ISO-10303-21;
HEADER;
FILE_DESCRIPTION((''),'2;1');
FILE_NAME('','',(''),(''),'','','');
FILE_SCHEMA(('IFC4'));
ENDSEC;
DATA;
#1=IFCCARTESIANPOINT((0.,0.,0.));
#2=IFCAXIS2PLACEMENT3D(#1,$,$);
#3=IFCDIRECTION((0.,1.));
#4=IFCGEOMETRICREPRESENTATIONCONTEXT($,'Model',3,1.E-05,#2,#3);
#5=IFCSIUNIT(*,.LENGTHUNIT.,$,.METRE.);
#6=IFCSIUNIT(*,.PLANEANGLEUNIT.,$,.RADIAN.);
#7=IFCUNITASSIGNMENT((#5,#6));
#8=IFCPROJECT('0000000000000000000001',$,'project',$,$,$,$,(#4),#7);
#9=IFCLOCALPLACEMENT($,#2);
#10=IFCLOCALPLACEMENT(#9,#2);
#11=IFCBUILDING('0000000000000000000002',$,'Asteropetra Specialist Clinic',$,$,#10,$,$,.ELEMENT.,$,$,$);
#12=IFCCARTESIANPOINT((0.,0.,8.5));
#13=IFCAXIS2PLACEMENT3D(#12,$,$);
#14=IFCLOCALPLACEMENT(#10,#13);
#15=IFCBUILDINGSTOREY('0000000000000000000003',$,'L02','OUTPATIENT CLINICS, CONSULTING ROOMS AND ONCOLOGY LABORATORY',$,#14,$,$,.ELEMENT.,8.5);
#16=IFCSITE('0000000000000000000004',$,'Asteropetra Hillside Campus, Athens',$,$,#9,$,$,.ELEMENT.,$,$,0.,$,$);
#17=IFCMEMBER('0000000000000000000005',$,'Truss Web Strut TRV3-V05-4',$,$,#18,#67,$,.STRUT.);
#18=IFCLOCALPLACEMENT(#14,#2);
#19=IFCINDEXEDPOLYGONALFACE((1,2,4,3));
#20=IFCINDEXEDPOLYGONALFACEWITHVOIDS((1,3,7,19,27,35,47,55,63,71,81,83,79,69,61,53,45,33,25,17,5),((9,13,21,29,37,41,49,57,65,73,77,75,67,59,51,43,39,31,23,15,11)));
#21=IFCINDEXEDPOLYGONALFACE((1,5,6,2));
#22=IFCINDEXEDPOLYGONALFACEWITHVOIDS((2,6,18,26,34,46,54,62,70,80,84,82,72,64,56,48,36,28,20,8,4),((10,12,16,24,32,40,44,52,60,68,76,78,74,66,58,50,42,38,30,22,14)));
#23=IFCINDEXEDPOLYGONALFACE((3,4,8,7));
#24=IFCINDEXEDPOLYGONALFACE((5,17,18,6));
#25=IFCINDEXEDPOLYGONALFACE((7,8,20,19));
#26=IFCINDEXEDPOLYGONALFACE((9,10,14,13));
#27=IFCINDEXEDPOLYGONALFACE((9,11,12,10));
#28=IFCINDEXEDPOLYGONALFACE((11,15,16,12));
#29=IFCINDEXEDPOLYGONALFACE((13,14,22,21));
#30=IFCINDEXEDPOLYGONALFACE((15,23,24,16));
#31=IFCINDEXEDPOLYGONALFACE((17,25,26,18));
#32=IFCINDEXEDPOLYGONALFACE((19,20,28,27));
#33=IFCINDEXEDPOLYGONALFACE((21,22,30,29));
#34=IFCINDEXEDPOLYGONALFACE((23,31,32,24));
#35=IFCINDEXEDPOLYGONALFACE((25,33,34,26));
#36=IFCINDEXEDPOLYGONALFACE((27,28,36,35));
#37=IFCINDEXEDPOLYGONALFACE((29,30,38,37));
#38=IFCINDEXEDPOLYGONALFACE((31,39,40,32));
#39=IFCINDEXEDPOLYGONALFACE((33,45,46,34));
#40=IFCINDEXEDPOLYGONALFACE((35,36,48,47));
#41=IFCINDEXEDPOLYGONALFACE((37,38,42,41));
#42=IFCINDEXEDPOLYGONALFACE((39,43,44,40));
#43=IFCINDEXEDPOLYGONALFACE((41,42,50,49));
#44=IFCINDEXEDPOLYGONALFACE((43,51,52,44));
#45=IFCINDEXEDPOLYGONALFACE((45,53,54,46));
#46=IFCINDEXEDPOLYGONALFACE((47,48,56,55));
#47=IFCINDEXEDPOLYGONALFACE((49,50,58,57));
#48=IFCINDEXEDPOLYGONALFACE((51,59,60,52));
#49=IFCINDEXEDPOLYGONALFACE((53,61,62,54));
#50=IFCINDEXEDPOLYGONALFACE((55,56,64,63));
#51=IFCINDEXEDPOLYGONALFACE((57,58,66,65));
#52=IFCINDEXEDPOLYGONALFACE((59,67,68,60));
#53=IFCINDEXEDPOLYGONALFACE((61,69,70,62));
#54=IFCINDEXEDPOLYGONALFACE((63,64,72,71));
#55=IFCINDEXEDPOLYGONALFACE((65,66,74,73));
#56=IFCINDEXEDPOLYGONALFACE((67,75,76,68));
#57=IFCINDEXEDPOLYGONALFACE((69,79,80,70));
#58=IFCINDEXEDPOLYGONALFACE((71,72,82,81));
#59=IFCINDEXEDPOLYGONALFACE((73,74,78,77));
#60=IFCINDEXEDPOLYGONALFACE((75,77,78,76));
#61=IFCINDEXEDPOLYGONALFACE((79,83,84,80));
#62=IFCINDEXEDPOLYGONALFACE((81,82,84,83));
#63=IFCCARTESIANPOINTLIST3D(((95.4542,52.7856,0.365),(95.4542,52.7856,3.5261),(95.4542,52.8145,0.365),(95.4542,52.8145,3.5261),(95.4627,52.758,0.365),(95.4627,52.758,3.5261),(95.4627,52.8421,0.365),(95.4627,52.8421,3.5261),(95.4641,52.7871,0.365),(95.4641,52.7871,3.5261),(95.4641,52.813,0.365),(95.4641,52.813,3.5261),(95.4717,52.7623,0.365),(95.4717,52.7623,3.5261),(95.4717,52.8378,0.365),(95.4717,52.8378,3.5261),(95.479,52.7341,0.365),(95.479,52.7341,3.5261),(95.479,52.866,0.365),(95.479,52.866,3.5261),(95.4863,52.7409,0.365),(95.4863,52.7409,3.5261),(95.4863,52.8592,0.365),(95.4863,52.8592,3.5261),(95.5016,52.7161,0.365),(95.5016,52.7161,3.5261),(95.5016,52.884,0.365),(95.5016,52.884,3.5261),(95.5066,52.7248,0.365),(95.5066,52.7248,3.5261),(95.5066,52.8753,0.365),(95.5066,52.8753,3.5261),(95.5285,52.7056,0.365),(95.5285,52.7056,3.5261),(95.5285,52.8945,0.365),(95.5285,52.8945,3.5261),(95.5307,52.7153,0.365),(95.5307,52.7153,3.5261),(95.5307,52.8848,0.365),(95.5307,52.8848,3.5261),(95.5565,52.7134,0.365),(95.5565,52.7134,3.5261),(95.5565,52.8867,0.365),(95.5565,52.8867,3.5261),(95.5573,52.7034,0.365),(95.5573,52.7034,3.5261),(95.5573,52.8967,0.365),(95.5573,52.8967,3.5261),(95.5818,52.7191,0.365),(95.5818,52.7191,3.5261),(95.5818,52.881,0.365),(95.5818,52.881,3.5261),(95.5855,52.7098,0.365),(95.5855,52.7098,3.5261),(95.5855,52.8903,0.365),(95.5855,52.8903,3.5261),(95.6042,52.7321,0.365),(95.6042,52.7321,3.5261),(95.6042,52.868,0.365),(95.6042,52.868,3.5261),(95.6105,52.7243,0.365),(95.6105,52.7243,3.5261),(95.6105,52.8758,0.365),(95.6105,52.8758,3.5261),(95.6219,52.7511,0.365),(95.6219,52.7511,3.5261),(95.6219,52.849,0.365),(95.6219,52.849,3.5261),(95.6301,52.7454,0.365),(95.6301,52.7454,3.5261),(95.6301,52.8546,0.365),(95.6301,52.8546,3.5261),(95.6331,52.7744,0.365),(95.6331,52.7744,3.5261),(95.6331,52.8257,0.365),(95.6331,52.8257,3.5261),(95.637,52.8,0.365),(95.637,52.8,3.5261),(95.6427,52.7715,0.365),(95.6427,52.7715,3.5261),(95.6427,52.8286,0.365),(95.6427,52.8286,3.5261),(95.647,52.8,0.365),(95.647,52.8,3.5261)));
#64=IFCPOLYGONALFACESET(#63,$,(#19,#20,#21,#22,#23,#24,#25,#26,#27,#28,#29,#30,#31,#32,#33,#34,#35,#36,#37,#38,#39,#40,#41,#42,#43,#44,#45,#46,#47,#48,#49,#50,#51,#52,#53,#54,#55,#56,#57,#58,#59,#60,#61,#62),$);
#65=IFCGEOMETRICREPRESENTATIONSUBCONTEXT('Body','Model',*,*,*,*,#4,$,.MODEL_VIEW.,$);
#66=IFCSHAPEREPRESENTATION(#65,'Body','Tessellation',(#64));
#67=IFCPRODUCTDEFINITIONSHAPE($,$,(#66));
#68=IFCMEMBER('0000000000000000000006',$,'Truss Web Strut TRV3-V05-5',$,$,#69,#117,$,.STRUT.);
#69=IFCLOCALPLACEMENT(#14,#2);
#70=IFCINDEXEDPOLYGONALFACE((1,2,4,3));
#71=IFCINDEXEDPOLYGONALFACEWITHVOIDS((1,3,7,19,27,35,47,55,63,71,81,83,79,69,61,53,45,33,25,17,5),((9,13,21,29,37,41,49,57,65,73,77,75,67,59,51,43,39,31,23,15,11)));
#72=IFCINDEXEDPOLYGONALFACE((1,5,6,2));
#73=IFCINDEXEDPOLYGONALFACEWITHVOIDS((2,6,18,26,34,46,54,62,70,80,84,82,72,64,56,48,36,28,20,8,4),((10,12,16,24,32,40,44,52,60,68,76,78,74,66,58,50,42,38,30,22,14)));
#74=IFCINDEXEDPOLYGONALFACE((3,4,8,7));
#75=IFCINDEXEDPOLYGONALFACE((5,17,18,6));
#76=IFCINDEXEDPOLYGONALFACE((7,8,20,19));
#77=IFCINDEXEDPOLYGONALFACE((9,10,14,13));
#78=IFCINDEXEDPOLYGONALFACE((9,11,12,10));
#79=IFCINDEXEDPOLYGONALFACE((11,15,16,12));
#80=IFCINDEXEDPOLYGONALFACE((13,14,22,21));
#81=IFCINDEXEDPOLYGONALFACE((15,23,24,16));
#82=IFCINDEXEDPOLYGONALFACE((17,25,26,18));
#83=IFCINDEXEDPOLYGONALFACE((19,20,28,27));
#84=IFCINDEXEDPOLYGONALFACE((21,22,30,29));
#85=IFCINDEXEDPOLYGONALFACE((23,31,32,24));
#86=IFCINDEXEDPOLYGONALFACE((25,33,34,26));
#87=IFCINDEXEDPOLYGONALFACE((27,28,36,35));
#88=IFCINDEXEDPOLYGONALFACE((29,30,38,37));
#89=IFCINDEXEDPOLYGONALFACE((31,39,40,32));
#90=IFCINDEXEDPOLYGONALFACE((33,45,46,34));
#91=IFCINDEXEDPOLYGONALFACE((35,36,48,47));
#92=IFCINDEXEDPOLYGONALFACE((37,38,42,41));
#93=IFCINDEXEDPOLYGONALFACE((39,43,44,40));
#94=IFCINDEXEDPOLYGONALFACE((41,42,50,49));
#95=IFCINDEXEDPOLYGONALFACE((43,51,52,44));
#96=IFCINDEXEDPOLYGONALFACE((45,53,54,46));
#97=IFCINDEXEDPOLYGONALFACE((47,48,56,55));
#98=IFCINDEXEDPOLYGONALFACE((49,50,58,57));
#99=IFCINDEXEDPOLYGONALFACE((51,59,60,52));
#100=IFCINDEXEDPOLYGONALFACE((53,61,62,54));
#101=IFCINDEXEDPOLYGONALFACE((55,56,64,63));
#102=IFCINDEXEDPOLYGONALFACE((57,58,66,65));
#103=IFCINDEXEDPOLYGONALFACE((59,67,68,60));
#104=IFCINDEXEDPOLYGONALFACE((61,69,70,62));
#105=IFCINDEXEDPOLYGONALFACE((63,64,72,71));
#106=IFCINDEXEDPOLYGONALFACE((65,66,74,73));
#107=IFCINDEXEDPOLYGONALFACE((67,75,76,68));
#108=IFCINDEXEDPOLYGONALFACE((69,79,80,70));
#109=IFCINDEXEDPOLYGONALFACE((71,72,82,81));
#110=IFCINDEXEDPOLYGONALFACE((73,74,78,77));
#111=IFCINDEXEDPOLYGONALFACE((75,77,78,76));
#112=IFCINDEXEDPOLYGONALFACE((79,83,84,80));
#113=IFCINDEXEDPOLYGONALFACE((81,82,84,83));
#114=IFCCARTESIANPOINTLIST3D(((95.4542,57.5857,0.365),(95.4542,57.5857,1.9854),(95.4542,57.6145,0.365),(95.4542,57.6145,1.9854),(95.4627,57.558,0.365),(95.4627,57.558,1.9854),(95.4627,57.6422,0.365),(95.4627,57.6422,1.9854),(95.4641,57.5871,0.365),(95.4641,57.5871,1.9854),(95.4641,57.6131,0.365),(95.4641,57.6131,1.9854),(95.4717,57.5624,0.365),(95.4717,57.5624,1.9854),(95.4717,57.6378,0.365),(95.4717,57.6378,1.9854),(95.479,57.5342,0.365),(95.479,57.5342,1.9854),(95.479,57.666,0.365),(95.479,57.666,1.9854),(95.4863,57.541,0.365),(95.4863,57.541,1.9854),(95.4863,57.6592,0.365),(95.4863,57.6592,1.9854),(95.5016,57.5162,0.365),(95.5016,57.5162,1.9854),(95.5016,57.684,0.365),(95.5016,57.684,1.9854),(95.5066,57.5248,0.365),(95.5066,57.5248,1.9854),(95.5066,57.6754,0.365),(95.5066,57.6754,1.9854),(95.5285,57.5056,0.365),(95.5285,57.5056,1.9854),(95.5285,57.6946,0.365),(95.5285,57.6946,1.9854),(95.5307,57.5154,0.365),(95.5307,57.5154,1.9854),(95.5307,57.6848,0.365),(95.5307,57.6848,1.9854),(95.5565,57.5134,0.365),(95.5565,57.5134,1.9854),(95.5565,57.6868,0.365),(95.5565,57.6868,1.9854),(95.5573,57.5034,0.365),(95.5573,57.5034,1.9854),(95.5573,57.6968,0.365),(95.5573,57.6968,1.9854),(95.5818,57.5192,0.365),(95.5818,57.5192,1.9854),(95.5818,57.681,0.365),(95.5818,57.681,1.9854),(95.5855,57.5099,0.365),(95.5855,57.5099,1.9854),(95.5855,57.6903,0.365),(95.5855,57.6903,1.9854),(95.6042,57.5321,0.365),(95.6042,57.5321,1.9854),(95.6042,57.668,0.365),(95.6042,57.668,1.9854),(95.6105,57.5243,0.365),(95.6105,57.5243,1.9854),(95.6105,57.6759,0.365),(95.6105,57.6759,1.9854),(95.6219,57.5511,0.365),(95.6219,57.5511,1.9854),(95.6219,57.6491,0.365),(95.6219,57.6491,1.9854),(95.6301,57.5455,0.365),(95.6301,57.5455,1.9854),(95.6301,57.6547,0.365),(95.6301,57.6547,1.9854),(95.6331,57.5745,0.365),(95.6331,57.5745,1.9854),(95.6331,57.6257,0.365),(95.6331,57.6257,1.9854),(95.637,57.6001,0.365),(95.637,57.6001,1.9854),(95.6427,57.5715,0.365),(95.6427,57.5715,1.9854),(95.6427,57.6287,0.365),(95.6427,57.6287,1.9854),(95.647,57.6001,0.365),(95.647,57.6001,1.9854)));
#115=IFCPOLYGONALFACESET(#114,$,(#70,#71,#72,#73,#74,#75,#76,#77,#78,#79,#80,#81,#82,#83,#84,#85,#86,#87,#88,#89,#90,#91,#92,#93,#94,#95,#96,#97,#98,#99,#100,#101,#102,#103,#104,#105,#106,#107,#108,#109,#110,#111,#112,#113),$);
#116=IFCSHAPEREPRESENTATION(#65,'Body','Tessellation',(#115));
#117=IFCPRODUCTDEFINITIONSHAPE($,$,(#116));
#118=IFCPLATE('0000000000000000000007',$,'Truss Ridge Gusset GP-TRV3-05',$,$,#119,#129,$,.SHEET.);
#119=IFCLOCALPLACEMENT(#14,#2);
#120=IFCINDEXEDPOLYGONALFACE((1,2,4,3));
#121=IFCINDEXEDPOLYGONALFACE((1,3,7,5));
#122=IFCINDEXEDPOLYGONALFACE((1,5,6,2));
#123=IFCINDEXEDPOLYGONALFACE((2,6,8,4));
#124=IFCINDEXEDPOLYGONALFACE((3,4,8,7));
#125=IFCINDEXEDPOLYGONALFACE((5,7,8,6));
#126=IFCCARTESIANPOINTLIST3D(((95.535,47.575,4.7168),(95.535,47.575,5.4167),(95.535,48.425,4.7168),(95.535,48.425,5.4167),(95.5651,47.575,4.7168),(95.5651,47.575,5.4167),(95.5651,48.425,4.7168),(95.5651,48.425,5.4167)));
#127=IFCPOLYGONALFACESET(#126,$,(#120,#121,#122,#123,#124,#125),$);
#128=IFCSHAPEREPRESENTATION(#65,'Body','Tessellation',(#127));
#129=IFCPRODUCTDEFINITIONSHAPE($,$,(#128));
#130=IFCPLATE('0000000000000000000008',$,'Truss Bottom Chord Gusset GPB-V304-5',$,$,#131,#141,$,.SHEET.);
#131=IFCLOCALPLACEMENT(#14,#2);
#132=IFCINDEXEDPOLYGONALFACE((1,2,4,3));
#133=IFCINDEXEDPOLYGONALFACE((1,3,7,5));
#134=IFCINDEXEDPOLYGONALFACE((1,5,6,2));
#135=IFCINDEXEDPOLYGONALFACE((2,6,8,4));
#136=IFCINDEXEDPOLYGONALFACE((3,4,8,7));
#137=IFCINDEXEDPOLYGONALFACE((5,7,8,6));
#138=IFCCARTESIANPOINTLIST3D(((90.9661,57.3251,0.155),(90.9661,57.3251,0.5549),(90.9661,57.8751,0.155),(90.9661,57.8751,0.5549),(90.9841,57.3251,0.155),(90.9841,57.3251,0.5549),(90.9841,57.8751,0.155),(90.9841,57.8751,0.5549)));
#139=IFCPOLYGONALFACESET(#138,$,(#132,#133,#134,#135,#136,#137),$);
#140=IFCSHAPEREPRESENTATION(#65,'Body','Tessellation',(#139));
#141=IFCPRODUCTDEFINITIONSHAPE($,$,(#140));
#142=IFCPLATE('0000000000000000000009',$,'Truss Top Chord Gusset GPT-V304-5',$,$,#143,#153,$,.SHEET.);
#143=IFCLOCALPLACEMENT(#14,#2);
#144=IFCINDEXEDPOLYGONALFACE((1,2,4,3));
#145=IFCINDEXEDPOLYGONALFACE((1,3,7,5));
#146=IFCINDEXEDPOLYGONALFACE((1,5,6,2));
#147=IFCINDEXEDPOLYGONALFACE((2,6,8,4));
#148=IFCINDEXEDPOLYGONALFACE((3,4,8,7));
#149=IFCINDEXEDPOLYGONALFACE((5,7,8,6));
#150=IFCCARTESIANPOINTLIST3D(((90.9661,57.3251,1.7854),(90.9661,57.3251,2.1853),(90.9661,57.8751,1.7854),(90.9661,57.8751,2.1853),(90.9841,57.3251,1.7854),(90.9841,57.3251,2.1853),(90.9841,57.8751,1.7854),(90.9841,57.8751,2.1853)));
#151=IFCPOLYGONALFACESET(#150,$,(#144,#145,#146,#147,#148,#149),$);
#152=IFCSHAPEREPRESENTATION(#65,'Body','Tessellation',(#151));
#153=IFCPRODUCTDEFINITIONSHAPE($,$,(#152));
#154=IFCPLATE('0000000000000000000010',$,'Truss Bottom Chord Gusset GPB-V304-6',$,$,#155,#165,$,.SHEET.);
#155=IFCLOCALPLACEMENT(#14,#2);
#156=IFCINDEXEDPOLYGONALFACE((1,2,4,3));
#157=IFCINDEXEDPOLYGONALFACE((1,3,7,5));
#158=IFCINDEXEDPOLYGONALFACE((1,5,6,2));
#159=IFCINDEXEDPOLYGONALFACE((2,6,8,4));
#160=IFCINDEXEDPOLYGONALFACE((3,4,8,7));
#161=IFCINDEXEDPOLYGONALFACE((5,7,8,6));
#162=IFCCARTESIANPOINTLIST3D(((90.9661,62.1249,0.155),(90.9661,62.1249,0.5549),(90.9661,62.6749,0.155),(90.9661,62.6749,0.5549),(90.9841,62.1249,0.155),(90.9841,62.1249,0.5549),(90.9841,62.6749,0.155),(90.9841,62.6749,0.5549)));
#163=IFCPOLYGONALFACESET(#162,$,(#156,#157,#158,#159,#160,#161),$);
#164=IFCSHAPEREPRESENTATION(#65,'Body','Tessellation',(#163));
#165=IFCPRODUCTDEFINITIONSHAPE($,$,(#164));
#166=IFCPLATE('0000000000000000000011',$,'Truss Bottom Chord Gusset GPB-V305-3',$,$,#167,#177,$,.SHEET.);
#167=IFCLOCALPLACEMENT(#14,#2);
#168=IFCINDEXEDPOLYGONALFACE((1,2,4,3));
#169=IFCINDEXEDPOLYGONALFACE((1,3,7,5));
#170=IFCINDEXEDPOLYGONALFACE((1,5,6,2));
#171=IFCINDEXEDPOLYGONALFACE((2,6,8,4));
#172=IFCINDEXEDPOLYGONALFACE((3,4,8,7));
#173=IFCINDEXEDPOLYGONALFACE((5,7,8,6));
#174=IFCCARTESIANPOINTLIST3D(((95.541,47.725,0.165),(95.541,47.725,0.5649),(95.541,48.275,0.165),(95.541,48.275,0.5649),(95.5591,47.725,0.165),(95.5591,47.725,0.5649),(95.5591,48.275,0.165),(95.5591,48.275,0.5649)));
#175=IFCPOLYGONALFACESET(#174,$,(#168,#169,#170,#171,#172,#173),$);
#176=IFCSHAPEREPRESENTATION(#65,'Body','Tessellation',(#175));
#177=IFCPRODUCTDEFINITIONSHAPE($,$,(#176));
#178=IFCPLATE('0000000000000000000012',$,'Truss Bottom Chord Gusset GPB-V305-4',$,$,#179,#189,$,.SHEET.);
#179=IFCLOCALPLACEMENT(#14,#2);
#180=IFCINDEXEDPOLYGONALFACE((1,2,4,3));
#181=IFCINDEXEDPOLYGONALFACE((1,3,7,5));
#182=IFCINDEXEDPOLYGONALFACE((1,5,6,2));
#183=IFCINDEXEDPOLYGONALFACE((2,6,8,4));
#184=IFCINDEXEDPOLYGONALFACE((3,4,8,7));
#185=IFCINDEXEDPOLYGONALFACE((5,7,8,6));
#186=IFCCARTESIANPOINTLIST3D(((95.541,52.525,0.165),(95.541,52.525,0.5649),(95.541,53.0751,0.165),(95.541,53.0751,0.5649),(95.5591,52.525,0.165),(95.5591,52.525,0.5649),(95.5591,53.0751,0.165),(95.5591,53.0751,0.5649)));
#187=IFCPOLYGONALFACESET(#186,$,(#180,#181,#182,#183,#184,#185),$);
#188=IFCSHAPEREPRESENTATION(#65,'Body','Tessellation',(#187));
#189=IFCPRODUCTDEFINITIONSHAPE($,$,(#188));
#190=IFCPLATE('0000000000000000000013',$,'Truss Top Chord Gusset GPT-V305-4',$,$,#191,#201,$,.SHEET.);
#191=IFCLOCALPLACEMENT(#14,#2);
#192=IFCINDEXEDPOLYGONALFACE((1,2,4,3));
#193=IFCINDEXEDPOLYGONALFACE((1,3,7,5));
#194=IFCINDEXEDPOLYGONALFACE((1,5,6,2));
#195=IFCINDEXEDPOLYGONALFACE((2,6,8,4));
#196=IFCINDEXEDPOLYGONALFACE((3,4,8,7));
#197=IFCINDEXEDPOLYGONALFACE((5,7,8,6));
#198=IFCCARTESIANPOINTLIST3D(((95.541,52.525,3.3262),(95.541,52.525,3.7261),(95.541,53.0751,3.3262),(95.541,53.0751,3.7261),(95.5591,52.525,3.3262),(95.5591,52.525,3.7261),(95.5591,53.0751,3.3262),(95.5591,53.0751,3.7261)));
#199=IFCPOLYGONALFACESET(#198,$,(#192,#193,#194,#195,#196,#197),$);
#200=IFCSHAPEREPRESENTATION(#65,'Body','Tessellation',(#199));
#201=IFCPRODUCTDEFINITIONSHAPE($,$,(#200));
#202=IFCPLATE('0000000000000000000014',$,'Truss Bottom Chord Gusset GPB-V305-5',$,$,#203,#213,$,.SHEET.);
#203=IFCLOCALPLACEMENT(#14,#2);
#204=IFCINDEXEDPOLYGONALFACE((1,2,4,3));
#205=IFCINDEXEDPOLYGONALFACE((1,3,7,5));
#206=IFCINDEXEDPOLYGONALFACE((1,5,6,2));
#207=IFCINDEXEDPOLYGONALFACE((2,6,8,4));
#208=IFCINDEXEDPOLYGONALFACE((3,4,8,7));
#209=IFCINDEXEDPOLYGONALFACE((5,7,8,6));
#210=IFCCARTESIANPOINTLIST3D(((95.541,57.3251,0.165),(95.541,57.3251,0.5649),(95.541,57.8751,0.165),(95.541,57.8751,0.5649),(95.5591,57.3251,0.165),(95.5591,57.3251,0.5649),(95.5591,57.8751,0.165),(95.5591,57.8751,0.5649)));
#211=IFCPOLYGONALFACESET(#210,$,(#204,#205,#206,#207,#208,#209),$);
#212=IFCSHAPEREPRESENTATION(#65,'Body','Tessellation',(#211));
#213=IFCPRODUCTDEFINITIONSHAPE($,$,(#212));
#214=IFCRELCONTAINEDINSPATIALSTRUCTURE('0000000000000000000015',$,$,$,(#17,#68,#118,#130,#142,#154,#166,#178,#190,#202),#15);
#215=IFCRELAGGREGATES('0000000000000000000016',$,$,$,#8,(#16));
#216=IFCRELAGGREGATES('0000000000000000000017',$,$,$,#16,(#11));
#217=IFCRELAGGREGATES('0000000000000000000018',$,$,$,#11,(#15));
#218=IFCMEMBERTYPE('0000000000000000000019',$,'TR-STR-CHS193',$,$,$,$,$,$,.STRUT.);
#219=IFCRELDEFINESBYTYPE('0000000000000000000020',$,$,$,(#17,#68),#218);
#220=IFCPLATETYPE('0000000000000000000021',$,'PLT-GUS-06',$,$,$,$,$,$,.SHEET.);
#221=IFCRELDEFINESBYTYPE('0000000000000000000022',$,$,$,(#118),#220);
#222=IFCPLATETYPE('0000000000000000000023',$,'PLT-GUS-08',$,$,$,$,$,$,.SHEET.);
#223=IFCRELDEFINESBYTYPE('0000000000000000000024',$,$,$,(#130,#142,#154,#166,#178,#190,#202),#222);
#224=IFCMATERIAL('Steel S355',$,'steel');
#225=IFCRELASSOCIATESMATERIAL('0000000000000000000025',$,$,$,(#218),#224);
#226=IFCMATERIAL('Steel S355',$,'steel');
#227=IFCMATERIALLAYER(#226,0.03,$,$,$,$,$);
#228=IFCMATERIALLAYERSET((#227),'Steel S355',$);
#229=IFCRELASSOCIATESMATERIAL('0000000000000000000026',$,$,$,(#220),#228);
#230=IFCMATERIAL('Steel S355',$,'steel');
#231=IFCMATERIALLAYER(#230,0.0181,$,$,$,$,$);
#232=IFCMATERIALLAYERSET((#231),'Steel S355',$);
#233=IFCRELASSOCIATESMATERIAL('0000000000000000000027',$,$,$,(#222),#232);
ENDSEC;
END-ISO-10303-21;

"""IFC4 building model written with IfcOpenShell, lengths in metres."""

from ifc_helpers import new_model, si_unit, direction, frame, origin, origin_2d, place, context, subcontext, project, spatial, rectangle, hollow_circle, extrude, material, layer, layer_set, material_profile, profile_set, type_object, element, save


model = new_model("IFC4")

# Units and contexts
model_context = context("Model", 3, precision=1e-05, world=origin(), true_north=direction((0.0, 1.0)))
body_context = subcontext(model_context, "Body", "Model", "MODEL_VIEW")
ifc_project = project(units=[si_unit("LENGTHUNIT", "METRE"), si_unit("PLANEANGLEUNIT", "RADIAN")], contexts=[model_context])

# Site, building, storey
site_placement = place(None, origin())
site = spatial("IfcSite", under=ifc_project, at=site_placement, Name="Asteropetra Hillside Campus, Athens", CompositionType="ELEMENT", RefElevation=0.0)
building_placement = place(site_placement, origin())
building = spatial("IfcBuilding", under=site, at=building_placement, Name="Asteropetra Specialist Clinic", CompositionType="ELEMENT")
storey_placement = place(building_placement, frame((0.0, 0.0, 8.5)))
storey = spatial("IfcBuildingStorey", under=building, at=storey_placement, Name="L02", Description="OUTPATIENT CLINICS, CONSULTING ROOMS AND ONCOLOGY LABORATORY", CompositionType="ELEMENT", Elevation=8.5)

# Members
ifc_material_1 = material(Name="Steel S355", Category="steel")
ifc_material_profile_1 = material_profile(ifc_material_1, hollow_circle(Radius=0.0969, WallThickness=0.01, at=origin_2d()), Name="CHS 193.7x10.0")
ifc_profile_set_1 = profile_set([ifc_material_profile_1], Name="Steel S355")
member_type_1 = type_object("IfcMemberType", Name="TR-STR-CHS193", PredefinedType="STRUT", material=ifc_profile_set_1)
member_1_placement = place(storey_placement, frame((95.55, 52.8, 0.365), z_axis=(0.0, 0.0, 1.0), x_axis=(1.0, 0.0, 0.0)))
element("IfcMember", 1, at=member_1_placement, inside=storey, type_object=member_type_1, Name="Truss Web Strut TRV3-V05-4", PredefinedType="STRUT", context=body_context, shape_type="SweptSolid", body=[
    extrude(hollow_circle(Radius=0.0969, WallThickness=0.01, at=origin_2d()), origin(), (0.0, 0.0, 1.0), 3.1611),
])
member_2_placement = place(storey_placement, frame((95.55, 57.6001, 0.365), z_axis=(0.0, 0.0, 1.0), x_axis=(1.0, 0.0, 0.0)))
element("IfcMember", 2, at=member_2_placement, inside=storey, type_object=member_type_1, Name="Truss Web Strut TRV3-V05-5", PredefinedType="STRUT", context=body_context, shape_type="SweptSolid", body=[
    extrude(hollow_circle(Radius=0.0969, WallThickness=0.01, at=origin_2d()), origin(), (0.0, 0.0, 1.0), 1.6204),
])

# Plates
ifc_material_2 = material(Name="Steel S355", Category="steel")
ifc_layer_1 = layer(ifc_material_2, 0.03)
ifc_layer_set_1 = layer_set([ifc_layer_1], Name="Steel S355")
plate_type_1 = type_object("IfcPlateType", Name="PLT-GUS-06", PredefinedType="SHEET", material=ifc_layer_set_1)
plate_placement = place(storey_placement, frame((95.55, 48.0, 4.7168), z_axis=(0.0, 0.0, 1.0), x_axis=(1.0, 0.0, 0.0)))
element("IfcPlate", 3, at=plate_placement, inside=storey, type_object=plate_type_1, Name="Truss Ridge Gusset GP-TRV3-05", PredefinedType="SHEET", context=body_context, shape_type="SweptSolid", body=[
    extrude(rectangle(XDim=0.03, YDim=0.8501, at=origin_2d()), origin(), (0.0, 0.0, 1.0), 0.7),
])
ifc_material_3 = material(Name="Steel S355", Category="steel")
ifc_layer_2 = layer(ifc_material_3, 0.0181)
ifc_layer_set_2 = layer_set([ifc_layer_2], Name="Steel S355")
plate_type_2 = type_object("IfcPlateType", Name="PLT-GUS-08", PredefinedType="SHEET", material=ifc_layer_set_2)
for number, where, z_axis, x_axis, name in (
    (4, (90.9751, 57.6001, 0.155), (0.0, 0.0, 1.0), (1.0, 0.0, 0.0), "Truss Bottom Chord Gusset GPB-V304-5"),
    (5, (90.9751, 57.6001, 1.7854), (0.0, 0.0, 1.0), (1.0, 0.0, 0.0), "Truss Top Chord Gusset GPT-V304-5"),
    (6, (90.9751, 62.3999, 0.155), (0.0, 0.0, 1.0), (1.0, 0.0, 0.0), "Truss Bottom Chord Gusset GPB-V304-6"),
    (7, (95.55, 48.0, 0.165), (0.0, 0.0, 1.0), (1.0, 0.0, 0.0), "Truss Bottom Chord Gusset GPB-V305-3"),
    (8, (95.55, 52.8, 0.165), (0.0, 0.0, 1.0), (1.0, 0.0, 0.0), "Truss Bottom Chord Gusset GPB-V305-4"),
    (9, (95.55, 52.8, 3.3262), (0.0, 0.0, 1.0), (1.0, 0.0, 0.0), "Truss Top Chord Gusset GPT-V305-4"),
    (10, (95.55, 57.6001, 0.165), (0.0, 0.0, 1.0), (1.0, 0.0, 0.0), "Truss Bottom Chord Gusset GPB-V305-5"),
):
    element("IfcPlate", number, at=place(storey_placement, frame(where, z_axis=z_axis, x_axis=x_axis)), inside=storey, type_object=plate_type_2, Name=name, PredefinedType="SHEET", context=body_context, shape_type="SweptSolid", body=[
        extrude(rectangle(XDim=0.0181, YDim=0.55, at=origin_2d()), origin(), (0.0, 0.0, 1.0), 0.3999),
    ])

save(model, "model.ifc")
